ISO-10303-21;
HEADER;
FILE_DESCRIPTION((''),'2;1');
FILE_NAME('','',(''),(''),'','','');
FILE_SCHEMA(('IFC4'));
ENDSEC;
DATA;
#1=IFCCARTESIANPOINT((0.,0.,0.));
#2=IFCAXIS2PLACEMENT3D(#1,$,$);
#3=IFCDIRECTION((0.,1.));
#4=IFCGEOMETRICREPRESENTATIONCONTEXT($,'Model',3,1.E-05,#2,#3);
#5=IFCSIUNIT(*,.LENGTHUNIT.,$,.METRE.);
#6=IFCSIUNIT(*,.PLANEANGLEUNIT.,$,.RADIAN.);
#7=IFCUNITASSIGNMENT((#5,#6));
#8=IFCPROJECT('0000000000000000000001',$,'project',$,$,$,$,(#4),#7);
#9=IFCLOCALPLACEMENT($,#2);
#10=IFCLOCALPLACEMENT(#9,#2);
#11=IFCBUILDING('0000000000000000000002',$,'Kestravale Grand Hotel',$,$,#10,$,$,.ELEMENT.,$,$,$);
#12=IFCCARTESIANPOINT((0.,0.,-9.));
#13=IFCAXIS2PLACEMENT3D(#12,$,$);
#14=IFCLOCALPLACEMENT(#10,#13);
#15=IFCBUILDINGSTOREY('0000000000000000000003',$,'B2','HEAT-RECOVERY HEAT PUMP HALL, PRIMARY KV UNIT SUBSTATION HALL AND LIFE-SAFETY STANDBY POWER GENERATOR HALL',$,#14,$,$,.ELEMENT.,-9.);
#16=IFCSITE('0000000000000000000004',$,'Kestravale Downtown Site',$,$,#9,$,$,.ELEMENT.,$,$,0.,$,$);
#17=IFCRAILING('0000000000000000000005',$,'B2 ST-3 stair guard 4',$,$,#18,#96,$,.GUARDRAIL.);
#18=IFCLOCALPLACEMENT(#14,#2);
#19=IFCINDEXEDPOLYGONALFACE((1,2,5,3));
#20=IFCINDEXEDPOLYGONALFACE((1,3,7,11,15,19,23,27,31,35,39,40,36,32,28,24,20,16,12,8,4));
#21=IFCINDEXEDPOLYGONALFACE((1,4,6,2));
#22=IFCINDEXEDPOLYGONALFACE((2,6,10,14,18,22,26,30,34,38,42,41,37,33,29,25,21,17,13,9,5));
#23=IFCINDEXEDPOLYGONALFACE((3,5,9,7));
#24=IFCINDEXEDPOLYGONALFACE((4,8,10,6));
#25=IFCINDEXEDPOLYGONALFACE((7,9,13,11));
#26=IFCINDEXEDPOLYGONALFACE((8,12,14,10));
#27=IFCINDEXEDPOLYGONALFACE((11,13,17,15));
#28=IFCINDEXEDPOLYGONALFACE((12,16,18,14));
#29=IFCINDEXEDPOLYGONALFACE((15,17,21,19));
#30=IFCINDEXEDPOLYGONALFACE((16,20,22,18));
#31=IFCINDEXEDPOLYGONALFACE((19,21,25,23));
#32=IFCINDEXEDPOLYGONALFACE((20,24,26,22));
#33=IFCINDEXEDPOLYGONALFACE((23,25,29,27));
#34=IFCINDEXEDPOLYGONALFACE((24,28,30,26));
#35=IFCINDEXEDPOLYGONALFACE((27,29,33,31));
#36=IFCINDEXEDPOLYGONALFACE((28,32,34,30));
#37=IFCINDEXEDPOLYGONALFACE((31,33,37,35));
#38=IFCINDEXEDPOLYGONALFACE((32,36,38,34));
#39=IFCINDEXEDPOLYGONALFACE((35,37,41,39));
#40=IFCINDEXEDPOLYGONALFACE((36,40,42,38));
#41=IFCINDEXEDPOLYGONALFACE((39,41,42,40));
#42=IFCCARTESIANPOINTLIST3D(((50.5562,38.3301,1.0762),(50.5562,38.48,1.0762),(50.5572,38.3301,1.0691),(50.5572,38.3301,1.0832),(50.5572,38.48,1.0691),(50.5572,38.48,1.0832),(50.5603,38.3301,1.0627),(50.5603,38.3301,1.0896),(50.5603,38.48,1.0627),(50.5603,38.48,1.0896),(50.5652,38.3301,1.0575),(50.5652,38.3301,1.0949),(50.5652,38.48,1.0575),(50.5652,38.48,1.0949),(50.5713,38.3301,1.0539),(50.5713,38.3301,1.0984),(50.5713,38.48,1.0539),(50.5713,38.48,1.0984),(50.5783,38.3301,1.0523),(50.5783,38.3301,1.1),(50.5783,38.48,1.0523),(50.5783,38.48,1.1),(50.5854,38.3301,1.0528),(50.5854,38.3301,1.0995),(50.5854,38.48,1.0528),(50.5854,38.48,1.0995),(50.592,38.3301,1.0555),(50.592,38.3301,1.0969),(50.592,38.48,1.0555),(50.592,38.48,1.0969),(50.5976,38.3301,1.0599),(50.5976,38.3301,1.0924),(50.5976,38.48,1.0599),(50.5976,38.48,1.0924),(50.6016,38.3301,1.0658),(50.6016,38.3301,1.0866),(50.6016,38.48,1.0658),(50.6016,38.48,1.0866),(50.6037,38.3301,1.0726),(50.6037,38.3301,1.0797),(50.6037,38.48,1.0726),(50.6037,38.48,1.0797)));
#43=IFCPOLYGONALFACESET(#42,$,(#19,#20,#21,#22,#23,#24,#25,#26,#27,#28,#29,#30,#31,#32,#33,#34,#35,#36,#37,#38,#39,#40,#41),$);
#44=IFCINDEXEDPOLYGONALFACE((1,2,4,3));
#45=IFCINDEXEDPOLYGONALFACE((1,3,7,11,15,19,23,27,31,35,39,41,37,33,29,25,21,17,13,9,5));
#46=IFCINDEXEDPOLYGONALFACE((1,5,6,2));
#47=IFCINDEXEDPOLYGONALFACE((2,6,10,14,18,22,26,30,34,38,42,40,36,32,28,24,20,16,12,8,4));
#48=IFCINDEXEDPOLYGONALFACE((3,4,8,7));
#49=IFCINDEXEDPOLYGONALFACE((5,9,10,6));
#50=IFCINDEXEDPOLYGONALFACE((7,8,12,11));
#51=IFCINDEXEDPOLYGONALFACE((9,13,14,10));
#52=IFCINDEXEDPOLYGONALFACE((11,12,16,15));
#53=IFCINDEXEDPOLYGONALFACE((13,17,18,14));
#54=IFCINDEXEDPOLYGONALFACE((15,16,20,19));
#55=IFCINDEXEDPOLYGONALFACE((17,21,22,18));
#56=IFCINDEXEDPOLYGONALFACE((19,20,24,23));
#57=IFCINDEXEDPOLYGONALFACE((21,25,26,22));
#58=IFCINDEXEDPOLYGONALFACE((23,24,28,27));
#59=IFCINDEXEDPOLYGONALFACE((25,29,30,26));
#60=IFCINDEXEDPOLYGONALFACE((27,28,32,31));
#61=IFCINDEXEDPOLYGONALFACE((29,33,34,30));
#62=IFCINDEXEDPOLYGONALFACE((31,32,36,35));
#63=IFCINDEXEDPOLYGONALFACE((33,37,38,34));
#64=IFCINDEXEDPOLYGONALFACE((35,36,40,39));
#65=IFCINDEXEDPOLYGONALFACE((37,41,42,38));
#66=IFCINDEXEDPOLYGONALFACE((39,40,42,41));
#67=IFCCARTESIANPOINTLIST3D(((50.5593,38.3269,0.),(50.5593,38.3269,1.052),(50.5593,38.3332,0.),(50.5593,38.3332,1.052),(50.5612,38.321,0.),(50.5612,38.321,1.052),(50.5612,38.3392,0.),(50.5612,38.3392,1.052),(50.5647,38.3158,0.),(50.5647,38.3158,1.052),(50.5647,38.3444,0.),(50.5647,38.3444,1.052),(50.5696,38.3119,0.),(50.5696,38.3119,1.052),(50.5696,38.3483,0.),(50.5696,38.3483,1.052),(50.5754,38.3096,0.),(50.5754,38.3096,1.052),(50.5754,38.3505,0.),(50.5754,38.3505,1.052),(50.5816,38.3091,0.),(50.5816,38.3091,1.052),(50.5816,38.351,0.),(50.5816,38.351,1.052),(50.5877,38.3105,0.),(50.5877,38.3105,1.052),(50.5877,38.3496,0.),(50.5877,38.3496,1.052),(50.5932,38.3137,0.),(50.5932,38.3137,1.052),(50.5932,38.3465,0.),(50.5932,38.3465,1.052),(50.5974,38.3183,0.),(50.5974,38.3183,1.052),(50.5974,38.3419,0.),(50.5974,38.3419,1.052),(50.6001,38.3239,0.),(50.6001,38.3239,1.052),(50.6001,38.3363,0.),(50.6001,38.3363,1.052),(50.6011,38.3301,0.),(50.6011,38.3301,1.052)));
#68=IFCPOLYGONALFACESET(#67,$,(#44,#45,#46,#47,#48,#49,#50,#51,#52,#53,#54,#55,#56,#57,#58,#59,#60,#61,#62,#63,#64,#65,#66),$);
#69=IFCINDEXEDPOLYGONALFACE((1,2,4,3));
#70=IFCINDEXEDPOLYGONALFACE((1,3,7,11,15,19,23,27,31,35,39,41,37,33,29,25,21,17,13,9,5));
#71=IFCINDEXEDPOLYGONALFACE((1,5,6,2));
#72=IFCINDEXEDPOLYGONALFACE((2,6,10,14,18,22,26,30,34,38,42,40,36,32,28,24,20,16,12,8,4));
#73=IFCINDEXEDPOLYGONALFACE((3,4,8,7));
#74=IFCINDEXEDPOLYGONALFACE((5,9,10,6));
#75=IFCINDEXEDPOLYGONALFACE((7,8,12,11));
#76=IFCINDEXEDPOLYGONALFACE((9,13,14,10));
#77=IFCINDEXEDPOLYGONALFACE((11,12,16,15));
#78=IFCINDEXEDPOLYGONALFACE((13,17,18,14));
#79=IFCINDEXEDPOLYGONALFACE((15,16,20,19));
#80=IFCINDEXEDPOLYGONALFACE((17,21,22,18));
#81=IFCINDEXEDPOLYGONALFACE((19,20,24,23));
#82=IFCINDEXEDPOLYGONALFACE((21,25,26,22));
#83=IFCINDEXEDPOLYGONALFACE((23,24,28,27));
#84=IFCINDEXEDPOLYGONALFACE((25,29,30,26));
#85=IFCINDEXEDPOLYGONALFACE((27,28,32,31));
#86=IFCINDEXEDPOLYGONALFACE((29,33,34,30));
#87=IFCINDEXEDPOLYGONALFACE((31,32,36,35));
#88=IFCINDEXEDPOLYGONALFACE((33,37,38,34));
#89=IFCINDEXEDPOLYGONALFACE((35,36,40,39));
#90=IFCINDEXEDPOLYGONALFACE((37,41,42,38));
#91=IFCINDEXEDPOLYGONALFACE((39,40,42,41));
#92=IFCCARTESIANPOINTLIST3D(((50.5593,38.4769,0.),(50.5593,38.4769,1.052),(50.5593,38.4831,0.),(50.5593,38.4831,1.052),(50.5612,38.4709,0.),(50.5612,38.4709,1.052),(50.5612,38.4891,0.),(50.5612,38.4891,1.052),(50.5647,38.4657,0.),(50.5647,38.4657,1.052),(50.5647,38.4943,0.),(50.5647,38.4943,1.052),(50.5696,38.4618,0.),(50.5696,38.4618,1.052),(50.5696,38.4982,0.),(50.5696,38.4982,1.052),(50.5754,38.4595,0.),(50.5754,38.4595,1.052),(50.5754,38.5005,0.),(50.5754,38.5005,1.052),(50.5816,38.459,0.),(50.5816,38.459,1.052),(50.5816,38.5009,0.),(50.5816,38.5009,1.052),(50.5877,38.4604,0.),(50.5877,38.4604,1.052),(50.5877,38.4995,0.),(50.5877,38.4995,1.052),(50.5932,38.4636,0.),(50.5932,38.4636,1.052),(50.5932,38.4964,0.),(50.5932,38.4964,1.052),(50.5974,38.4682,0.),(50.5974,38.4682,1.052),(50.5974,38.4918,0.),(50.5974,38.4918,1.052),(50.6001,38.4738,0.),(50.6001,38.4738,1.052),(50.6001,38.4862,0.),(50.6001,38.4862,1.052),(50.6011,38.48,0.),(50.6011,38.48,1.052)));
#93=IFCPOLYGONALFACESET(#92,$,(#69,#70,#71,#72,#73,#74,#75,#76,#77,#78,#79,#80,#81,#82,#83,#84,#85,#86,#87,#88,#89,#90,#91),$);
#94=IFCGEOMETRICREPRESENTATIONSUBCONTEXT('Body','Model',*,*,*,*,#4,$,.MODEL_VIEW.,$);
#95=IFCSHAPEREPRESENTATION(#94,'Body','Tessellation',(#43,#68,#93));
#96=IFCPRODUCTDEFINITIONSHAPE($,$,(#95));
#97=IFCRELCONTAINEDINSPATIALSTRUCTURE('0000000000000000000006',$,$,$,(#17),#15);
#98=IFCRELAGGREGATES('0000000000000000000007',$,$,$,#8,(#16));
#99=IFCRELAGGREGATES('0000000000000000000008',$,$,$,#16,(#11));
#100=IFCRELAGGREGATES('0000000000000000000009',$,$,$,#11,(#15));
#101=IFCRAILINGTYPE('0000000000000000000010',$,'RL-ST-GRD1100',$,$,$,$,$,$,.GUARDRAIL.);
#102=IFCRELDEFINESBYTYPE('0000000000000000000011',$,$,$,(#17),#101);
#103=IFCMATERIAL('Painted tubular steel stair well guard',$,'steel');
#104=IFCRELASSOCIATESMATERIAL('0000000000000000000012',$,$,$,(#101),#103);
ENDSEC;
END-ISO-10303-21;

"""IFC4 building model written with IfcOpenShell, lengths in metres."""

from ifc_helpers import new_model, si_unit, direction, frame, origin, origin_2d, place, context, subcontext, project, spatial, circle, extrude, material, type_object, element, save


model = new_model("IFC4")

# Units and contexts
model_context = context("Model", 3, precision=1e-05, world=origin(), true_north=direction((0.0, 1.0)))
body_context = subcontext(model_context, "Body", "Model", "MODEL_VIEW")
ifc_project = project(units=[si_unit("LENGTHUNIT", "METRE"), si_unit("PLANEANGLEUNIT", "RADIAN")], contexts=[model_context])

# Site, building, storey
site_placement = place(None, origin())
site = spatial("IfcSite", under=ifc_project, at=site_placement, Name="Kestravale Downtown Site", CompositionType="ELEMENT", RefElevation=0.0)
building_placement = place(site_placement, origin())
building = spatial("IfcBuilding", under=site, at=building_placement, Name="Kestravale Grand Hotel", CompositionType="ELEMENT")
storey_placement = place(building_placement, frame((0.0, 0.0, -9.0)))
storey = spatial("IfcBuildingStorey", under=building, at=storey_placement, Name="B2", Description="HEAT-RECOVERY HEAT PUMP HALL, PRIMARY KV UNIT SUBSTATION HALL AND LIFE-SAFETY STANDBY POWER GENERATOR HALL", CompositionType="ELEMENT", Elevation=-9.0)

# Railing
ifc_material_1 = material(Name="Painted tubular steel stair well guard", Category="steel")
railing_type_1 = type_object("IfcRailingType", Name="RL-ST-GRD1100", PredefinedType="GUARDRAIL", material=ifc_material_1)
railing_1_placement = place(storey_placement, frame((50.5801, 38.3301, 0.0)))
element("IfcRailing", 1, at=railing_1_placement, inside=storey, type_object=railing_type_1, Name="B2 ST-3 stair guard 4", PredefinedType="GUARDRAIL", context=body_context, shape_type="SweptSolid", body=[
    extrude(circle(Radius=0.0239, at=origin_2d()), frame((0.0, 0.0, 1.0762), z_axis=(0.0, 1.0, 0.0), x_axis=(-1.0, 0.0, 0.0)), (0.0, 0.0, 1.0), 0.1499),
    extrude(circle(Radius=0.021, at=origin_2d()), origin(), (0.0, 0.0, 1.0), 1.052),
    extrude(circle(Radius=0.021, at=origin_2d()), frame((0.0, 0.1499, 0.0)), (0.0, 0.0, 1.0), 1.052),
])

save(model, "model.ifc")
